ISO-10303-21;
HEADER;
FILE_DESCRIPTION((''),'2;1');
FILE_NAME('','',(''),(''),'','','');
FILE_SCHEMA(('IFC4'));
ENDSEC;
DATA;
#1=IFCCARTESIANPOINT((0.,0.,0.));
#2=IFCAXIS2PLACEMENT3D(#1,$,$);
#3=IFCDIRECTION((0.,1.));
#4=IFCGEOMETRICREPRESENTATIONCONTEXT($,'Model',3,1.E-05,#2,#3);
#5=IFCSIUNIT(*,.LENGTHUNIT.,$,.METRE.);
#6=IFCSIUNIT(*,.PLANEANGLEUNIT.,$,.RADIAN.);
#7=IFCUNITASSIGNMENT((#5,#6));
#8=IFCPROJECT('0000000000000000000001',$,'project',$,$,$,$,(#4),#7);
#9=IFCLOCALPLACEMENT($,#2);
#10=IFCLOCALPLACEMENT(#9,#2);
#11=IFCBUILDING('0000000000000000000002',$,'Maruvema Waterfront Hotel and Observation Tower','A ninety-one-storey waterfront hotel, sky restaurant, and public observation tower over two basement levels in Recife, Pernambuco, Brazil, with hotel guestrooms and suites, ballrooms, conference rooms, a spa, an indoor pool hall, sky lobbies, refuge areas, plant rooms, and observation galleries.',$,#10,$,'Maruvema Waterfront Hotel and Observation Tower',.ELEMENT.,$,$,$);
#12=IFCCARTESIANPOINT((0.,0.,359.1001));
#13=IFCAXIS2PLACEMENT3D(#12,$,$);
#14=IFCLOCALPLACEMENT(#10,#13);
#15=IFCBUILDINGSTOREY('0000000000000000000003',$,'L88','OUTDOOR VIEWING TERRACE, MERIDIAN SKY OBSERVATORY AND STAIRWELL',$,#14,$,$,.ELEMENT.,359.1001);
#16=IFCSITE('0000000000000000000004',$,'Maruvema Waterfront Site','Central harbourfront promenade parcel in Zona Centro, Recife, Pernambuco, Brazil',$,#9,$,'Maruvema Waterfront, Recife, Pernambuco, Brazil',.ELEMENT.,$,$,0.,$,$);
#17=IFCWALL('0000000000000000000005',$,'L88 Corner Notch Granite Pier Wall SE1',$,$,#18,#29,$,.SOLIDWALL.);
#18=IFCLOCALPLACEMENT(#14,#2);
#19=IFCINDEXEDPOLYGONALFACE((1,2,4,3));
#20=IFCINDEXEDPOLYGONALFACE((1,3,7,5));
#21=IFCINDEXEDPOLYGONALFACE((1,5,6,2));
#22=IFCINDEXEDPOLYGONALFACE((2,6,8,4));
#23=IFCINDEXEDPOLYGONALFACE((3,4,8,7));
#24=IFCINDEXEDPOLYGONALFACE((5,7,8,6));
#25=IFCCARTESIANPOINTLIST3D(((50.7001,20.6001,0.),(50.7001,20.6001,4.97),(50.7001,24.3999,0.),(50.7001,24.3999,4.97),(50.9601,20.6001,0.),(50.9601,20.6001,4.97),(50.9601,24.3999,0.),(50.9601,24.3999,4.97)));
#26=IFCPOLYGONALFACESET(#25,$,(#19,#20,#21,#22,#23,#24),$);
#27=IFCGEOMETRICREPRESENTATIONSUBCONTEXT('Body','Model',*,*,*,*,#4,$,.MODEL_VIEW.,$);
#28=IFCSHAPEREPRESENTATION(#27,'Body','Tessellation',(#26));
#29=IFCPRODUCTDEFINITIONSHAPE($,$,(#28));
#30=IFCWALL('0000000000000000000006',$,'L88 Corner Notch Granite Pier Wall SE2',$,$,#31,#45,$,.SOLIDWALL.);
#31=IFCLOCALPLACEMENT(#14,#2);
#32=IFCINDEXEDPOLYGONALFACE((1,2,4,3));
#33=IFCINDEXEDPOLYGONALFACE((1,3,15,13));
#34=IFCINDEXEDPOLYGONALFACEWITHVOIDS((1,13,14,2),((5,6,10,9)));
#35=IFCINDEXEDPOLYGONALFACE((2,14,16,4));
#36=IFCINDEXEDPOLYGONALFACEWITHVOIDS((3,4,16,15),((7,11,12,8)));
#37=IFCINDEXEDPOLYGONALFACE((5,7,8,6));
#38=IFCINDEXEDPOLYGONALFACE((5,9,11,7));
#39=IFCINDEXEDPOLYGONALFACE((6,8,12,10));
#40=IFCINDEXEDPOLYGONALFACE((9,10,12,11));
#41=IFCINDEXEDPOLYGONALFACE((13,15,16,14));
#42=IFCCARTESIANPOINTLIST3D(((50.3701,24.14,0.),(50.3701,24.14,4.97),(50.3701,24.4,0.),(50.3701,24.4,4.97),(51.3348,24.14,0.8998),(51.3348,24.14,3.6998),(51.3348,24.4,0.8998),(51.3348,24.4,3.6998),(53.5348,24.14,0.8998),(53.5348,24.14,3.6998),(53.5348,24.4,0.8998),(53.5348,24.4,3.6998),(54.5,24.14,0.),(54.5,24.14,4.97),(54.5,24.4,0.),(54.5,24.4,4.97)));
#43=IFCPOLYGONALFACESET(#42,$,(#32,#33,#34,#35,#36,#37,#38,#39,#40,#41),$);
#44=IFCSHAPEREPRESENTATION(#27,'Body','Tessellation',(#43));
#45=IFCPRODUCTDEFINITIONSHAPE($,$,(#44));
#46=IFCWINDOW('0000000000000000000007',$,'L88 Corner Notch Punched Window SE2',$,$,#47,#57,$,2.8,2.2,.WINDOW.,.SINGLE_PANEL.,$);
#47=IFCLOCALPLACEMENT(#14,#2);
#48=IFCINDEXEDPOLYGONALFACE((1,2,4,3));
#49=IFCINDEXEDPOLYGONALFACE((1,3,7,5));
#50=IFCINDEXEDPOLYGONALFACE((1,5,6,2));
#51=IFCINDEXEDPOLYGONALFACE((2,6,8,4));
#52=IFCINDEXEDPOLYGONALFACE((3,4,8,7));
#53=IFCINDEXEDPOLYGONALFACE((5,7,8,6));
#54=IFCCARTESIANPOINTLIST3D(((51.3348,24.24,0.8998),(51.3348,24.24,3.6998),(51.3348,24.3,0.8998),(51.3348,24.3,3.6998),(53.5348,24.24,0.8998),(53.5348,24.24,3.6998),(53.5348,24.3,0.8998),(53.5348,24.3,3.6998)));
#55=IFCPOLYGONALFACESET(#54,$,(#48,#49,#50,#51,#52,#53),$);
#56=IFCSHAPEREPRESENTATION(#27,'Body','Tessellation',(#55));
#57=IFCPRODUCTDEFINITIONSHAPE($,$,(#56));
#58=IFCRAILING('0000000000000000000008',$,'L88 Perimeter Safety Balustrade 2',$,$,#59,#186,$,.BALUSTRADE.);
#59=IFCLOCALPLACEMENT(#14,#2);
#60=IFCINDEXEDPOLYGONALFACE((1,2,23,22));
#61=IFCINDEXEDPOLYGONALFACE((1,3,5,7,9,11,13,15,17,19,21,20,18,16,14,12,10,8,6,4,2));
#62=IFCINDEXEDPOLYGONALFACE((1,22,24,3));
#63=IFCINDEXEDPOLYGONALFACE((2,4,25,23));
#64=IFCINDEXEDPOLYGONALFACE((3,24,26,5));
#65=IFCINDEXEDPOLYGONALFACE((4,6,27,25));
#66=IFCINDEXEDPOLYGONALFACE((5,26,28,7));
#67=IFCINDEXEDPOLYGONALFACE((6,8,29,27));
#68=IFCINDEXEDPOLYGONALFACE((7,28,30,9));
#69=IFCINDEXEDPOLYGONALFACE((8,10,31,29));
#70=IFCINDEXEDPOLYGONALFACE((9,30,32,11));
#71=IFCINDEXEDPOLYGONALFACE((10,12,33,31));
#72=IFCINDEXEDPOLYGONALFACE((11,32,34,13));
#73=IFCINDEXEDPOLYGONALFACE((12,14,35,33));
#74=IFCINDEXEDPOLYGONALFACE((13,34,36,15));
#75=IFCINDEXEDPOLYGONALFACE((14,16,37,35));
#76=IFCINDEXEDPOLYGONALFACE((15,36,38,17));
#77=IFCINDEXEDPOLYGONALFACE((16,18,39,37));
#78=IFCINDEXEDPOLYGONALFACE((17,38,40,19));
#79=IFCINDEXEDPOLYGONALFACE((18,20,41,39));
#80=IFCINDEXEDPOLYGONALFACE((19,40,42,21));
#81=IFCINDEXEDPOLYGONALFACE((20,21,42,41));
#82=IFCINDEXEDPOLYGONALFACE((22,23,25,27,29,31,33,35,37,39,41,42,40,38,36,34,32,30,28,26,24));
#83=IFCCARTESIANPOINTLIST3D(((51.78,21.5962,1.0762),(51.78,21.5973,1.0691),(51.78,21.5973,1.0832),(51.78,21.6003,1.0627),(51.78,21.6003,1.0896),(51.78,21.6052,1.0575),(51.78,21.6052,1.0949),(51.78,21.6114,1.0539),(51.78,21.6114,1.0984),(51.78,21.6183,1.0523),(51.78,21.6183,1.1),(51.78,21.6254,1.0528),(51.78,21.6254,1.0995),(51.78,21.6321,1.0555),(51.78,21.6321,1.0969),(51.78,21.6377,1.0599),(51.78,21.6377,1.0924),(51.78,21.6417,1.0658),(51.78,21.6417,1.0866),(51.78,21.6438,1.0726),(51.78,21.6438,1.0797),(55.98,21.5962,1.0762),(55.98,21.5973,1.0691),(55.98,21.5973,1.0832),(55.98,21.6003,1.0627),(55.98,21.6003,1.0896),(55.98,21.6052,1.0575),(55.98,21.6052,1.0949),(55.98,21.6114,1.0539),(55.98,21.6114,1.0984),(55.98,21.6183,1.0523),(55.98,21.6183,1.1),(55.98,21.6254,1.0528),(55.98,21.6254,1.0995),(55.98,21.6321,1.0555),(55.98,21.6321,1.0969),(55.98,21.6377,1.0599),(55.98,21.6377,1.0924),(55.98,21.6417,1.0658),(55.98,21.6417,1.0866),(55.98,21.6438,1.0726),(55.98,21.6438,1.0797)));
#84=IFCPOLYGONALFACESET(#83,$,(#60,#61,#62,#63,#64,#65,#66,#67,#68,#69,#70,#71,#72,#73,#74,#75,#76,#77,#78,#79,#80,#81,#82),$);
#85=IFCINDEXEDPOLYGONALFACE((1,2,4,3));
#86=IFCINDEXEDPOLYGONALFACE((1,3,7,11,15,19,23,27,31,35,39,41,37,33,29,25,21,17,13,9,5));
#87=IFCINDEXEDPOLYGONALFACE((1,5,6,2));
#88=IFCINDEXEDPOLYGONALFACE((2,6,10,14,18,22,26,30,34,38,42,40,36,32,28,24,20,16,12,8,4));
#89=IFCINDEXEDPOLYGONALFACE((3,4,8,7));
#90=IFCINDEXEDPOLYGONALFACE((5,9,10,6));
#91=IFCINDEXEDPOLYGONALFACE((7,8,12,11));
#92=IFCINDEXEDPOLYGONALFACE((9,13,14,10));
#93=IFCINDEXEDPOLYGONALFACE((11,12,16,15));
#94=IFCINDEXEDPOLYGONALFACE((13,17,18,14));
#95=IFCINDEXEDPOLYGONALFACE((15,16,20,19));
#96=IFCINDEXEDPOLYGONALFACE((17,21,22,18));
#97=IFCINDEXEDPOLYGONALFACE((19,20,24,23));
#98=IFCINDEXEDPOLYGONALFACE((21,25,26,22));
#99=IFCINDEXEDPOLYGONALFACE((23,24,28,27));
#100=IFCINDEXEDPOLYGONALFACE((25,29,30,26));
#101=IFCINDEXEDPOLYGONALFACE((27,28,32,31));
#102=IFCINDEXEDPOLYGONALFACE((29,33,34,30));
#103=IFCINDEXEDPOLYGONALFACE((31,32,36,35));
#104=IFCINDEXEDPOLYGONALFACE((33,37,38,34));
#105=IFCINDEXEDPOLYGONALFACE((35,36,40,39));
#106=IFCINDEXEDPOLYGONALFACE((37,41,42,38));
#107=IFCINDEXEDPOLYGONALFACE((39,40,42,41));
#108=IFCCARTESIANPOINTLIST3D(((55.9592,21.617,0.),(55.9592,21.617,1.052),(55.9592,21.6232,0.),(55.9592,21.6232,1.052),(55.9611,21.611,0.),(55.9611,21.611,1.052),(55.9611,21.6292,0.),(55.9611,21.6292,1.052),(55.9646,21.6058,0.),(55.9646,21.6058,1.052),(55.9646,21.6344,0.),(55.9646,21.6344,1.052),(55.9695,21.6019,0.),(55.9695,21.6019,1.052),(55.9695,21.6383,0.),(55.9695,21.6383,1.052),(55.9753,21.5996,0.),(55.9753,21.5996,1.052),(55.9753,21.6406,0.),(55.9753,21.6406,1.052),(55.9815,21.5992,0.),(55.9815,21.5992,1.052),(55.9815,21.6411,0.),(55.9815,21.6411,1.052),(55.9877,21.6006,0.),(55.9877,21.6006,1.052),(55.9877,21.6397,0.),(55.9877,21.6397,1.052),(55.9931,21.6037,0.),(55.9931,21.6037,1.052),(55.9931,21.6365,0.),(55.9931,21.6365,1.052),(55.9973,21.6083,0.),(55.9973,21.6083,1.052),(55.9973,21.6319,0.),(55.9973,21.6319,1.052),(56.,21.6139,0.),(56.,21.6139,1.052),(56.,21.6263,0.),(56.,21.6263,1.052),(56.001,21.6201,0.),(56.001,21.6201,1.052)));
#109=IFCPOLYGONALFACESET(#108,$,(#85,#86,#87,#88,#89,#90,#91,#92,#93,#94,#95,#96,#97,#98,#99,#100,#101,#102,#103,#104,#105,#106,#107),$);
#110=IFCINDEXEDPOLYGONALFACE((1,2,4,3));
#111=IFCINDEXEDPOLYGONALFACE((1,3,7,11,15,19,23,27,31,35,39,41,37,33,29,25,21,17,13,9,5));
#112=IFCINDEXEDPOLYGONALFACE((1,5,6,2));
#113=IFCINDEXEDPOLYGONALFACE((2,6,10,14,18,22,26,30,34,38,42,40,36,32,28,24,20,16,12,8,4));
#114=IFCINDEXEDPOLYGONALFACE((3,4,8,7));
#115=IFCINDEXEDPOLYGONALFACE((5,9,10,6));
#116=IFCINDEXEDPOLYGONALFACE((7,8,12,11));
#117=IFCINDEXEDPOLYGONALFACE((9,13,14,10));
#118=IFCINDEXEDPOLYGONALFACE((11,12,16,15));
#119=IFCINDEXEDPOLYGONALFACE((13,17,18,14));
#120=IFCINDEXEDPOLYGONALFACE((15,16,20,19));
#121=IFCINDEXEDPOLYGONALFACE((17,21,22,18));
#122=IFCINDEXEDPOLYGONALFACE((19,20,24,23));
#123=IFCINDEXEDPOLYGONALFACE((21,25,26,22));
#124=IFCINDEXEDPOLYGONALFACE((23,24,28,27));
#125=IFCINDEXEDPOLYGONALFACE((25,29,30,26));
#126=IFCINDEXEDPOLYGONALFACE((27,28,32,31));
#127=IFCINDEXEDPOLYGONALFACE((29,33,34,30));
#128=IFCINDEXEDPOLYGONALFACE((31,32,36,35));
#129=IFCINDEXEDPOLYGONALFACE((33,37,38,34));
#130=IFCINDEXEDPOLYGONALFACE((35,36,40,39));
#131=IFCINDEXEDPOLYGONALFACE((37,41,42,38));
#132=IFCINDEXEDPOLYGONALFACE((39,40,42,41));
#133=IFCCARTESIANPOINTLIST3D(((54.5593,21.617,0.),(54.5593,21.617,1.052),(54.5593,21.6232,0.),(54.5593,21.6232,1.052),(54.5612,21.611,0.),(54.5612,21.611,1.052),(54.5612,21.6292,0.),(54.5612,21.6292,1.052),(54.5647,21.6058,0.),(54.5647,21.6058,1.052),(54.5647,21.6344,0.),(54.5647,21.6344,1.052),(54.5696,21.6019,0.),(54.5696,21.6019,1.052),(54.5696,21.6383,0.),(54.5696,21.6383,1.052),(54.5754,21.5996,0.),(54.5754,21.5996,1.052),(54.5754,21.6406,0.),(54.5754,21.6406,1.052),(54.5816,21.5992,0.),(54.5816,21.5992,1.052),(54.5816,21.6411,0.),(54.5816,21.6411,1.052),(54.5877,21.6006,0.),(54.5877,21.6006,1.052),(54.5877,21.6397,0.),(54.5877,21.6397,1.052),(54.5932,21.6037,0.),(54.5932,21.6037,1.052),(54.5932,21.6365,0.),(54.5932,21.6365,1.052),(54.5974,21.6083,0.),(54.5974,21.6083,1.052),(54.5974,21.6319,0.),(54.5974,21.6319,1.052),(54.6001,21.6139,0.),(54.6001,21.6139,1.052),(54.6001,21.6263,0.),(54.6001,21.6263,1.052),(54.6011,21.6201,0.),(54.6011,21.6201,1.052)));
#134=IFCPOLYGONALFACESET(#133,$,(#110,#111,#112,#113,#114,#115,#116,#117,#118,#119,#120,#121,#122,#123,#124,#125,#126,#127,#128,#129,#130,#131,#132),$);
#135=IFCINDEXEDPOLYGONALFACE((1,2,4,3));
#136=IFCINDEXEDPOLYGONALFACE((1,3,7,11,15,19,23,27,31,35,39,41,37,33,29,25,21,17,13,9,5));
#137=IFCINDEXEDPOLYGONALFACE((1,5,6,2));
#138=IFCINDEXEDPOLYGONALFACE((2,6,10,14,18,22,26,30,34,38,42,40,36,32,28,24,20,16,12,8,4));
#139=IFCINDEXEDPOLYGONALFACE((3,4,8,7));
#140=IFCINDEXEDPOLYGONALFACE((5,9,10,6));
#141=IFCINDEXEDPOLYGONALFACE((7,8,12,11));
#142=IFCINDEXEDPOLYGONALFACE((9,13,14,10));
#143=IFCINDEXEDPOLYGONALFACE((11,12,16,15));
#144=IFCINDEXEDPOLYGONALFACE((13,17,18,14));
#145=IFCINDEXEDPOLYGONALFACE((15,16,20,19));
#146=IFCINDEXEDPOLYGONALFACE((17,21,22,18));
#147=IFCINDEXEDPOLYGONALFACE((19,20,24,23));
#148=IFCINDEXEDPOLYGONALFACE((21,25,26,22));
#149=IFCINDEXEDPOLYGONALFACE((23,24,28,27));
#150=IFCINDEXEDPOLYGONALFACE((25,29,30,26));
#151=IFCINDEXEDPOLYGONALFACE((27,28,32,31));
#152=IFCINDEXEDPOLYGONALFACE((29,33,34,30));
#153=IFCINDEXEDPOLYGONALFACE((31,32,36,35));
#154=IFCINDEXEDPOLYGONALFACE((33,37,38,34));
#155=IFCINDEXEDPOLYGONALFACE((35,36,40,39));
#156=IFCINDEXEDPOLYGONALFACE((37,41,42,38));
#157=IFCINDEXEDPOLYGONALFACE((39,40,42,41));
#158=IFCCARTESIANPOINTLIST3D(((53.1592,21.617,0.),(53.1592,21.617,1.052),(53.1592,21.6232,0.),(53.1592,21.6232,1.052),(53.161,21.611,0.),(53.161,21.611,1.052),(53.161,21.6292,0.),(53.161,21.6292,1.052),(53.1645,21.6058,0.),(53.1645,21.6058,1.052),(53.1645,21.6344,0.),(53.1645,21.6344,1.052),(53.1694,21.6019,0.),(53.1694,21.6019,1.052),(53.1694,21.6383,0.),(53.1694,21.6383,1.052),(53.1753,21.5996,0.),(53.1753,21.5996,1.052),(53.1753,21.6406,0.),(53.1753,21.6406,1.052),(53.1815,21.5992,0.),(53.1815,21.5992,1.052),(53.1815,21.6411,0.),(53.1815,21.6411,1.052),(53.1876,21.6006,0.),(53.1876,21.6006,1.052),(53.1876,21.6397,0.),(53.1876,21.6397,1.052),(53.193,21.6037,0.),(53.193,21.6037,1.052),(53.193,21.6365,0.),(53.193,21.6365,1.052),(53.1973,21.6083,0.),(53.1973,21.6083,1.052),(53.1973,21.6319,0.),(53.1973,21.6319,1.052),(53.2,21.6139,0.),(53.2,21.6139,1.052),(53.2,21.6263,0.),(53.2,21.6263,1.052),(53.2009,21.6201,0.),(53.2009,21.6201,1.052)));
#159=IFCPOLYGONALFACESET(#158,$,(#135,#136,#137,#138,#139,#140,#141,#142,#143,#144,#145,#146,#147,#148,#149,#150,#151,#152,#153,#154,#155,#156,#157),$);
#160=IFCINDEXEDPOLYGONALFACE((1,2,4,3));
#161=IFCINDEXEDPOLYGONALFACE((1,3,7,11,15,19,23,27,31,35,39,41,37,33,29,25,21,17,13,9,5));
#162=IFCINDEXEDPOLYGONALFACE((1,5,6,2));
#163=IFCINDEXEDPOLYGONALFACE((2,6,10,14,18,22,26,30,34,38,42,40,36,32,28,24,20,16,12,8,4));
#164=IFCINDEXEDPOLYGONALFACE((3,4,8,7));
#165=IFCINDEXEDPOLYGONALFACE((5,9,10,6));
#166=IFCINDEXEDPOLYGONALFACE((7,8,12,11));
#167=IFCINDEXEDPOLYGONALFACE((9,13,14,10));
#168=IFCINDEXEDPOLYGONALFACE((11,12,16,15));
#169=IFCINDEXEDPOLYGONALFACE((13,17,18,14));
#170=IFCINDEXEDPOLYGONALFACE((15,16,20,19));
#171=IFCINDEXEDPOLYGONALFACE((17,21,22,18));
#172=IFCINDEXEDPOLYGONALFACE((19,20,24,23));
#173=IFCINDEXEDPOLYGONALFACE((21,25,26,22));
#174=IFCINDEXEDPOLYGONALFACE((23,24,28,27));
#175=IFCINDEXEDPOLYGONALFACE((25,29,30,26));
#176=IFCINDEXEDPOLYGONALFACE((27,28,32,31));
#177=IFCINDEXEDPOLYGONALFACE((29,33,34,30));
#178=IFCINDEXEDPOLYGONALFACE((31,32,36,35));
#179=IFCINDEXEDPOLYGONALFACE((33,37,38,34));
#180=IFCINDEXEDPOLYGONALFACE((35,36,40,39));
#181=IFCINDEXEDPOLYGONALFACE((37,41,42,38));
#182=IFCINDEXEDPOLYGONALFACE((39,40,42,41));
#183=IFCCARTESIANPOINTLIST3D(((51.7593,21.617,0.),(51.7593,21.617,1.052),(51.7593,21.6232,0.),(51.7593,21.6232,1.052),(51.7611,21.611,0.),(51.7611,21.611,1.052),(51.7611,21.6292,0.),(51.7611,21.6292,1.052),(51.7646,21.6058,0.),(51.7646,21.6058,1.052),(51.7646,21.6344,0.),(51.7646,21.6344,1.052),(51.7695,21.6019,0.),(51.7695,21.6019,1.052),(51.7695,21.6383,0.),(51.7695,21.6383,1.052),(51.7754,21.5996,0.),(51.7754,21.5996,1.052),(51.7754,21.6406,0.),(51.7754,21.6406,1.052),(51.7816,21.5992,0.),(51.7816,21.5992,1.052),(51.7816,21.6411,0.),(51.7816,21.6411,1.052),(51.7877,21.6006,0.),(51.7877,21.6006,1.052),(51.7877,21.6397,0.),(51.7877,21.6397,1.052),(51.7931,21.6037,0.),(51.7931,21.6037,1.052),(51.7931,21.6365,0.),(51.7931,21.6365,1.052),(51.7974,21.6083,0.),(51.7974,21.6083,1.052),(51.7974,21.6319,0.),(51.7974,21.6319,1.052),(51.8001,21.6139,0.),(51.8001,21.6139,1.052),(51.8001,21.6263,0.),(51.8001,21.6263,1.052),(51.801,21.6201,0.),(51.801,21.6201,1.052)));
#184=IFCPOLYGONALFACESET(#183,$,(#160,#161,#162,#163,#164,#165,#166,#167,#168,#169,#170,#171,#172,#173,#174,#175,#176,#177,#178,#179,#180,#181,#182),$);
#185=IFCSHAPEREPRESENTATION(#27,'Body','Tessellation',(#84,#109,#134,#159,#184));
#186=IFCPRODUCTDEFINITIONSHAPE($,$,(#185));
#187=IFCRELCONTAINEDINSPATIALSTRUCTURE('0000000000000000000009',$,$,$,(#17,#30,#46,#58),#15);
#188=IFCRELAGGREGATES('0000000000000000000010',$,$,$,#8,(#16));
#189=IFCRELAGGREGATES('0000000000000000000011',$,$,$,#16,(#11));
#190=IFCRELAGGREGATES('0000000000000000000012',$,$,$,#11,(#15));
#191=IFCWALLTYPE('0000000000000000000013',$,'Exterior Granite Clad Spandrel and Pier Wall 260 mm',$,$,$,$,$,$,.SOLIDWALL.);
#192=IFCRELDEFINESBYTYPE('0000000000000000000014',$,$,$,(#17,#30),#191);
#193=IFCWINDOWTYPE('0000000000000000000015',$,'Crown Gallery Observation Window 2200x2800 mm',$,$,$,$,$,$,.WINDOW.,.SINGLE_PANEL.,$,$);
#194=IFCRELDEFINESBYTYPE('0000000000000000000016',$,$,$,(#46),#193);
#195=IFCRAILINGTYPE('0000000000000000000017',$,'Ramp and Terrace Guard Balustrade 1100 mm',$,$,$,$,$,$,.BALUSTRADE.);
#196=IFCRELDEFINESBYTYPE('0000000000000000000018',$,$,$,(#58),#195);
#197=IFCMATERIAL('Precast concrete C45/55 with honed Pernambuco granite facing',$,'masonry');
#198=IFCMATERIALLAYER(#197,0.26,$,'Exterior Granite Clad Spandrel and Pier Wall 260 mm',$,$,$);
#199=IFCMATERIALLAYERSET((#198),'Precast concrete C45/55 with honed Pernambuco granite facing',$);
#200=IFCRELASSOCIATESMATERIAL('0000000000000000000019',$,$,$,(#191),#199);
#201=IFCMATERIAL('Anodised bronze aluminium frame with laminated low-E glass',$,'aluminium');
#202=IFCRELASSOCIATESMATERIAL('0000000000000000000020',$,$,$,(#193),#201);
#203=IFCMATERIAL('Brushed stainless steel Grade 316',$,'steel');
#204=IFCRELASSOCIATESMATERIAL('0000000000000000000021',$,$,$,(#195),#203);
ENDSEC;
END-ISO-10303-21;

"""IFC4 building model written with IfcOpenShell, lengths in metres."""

from ifc_helpers import new_model, si_unit, direction, frame, frame_2d, origin, origin_2d, place, context, subcontext, project, spatial, rectangle, circle, extrude, material, layer, layer_set, type_object, element, fill, save


model = new_model("IFC4")

# Units and contexts
model_context = context("Model", 3, precision=1e-05, world=origin(), true_north=direction((0.0, 1.0)))
body_context = subcontext(model_context, "Body", "Model", "MODEL_VIEW")
ifc_project = project(units=[si_unit("LENGTHUNIT", "METRE"), si_unit("PLANEANGLEUNIT", "RADIAN")], contexts=[model_context])

# Site, building, storey
site_placement = place(None, origin())
site = spatial("IfcSite", under=ifc_project, at=site_placement, Name="Maruvema Waterfront Site", Description="Central harbourfront promenade parcel in Zona Centro, Recife, Pernambuco, Brazil", LongName="Maruvema Waterfront, Recife, Pernambuco, Brazil", CompositionType="ELEMENT", RefElevation=0.0)
building_placement = place(site_placement, origin())
building = spatial("IfcBuilding", under=site, at=building_placement, Name="Maruvema Waterfront Hotel and Observation Tower", Description="A ninety-one-storey waterfront hotel, sky restaurant, and public observation tower over two basement levels in Recife, Pernambuco, Brazil, with hotel guestrooms and suites, ballrooms, conference rooms, a spa, an indoor pool hall, sky lobbies, refuge areas, plant rooms, and observation galleries.", LongName="Maruvema Waterfront Hotel and Observation Tower", CompositionType="ELEMENT")
storey_placement = place(building_placement, frame((0.0, 0.0, 359.1001)))
storey = spatial("IfcBuildingStorey", under=building, at=storey_placement, Name="L88", Description="OUTDOOR VIEWING TERRACE, MERIDIAN SKY OBSERVATORY AND STAIRWELL", CompositionType="ELEMENT", Elevation=359.1001)

# Wall
ifc_material_1 = material(Name="Precast concrete C45/55 with honed Pernambuco granite facing", Category="masonry")
ifc_layer_1 = layer(ifc_material_1, 0.26, Name="Exterior Granite Clad Spandrel and Pier Wall 260 mm")
ifc_layer_set_1 = layer_set([ifc_layer_1], Name="Precast concrete C45/55 with honed Pernambuco granite facing")
wall_type_1 = type_object("IfcWallType", Name="Exterior Granite Clad Spandrel and Pier Wall 260 mm", PredefinedType="SOLIDWALL", material=ifc_layer_set_1)
wall_1_placement = place(storey_placement, frame((50.8301, 24.3999, 0.0), z_axis=(0.0, 0.0, 1.0), x_axis=(0.0, -1.0, 0.0)))
element("IfcWall", 1, at=wall_1_placement, inside=storey, type_object=wall_type_1, Name="L88 Corner Notch Granite Pier Wall SE1", PredefinedType="SOLIDWALL", context=body_context, shape_type="SweptSolid", body=[
    extrude(rectangle(XDim=3.7998, YDim=0.26, at=frame_2d((1.8999, 0.0))), origin(), (0.0, 0.0, 1.0), 4.97),
])

# Wall, opening, window
wall_2_placement = place(storey_placement, frame((54.5, 24.27, 0.0), z_axis=(0.0, 0.0, 1.0), x_axis=(-1.0, 0.0, 0.0)))
wall_2 = element("IfcWall", 2, at=wall_2_placement, inside=storey, type_object=wall_type_1, Name="L88 Corner Notch Granite Pier Wall SE2", PredefinedType="SOLIDWALL", context=body_context, shape_type="SweptSolid", body=[
    extrude(rectangle(XDim=4.1299, YDim=0.26, at=frame_2d((2.0649, 0.0))), origin(), (0.0, 0.0, 1.0), 4.97),
])
opening_placement = place(wall_2_placement, frame((0.9651, 0.0, 0.8999)))
opening = element("IfcOpeningElement", 3, at=opening_placement, cuts=wall_2, PredefinedType="OPENING", context=body_context, shape_type="SweptSolid", body=[
    extrude(rectangle(XDim=2.2, YDim=2.8, at=frame_2d((1.1001, 1.3999))), frame((0.0, 0.1401, 0.0), z_axis=(0.0, -1.0, 0.0), x_axis=(1.0, 0.0, 0.0)), (0.0, 0.0, 1.0), 0.28),
])
ifc_material_2 = material(Name="Anodised bronze aluminium frame with laminated low-E glass", Category="aluminium")
window_type = type_object("IfcWindowType", Name="Crown Gallery Observation Window 2200x2800 mm", PartitioningType="SINGLE_PANEL", PredefinedType="WINDOW", material=ifc_material_2)
window_placement = place(opening_placement, origin())
window = element("IfcWindow", 4, at=window_placement, inside=storey, type_object=window_type, Name="L88 Corner Notch Punched Window SE2", OverallHeight=2.8, OverallWidth=2.2, PartitioningType="SINGLE_PANEL", PredefinedType="WINDOW", context=body_context, shape_type="SweptSolid", body=[
    extrude(rectangle(XDim=2.2, YDim=2.8, at=frame_2d((1.1001, 1.3999))), frame((0.0, 0.03, 0.0), z_axis=(0.0, -1.0, 0.0), x_axis=(1.0, 0.0, 0.0)), (0.0, 0.0, 1.0), 0.0601),
])
fill(opening, window)

# Railing
ifc_material_3 = material(Name="Brushed stainless steel Grade 316", Category="steel")
railing_type = type_object("IfcRailingType", Name="Ramp and Terrace Guard Balustrade 1100 mm", PredefinedType="BALUSTRADE", material=ifc_material_3)
railing_1_placement = place(storey_placement, frame((55.98, 21.6201, 0.0)))
element("IfcRailing", 5, at=railing_1_placement, inside=storey, type_object=railing_type, Name="L88 Perimeter Safety Balustrade 2", PredefinedType="BALUSTRADE", context=body_context, shape_type="SweptSolid", body=[
    extrude(circle(Radius=0.0239, at=origin_2d()), frame((0.0, 0.0, 1.0762), z_axis=(-1.0, 0.0, 0.0), x_axis=(0.0, -1.0, 0.0)), (0.0, 0.0, 1.0), 4.2),
    extrude(circle(Radius=0.021, at=origin_2d()), origin(), (0.0, 0.0, 1.0), 1.052),
    extrude(circle(Radius=0.021, at=origin_2d()), frame((-1.3999, 0.0, 0.0)), (0.0, 0.0, 1.0), 1.052),
    extrude(circle(Radius=0.021, at=origin_2d()), frame((-2.8, 0.0, 0.0)), (0.0, 0.0, 1.0), 1.052),
    extrude(circle(Radius=0.021, at=origin_2d()), frame((-4.2, 0.0, 0.0)), (0.0, 0.0, 1.0), 1.052),
])

save(model, "model.ifc")
